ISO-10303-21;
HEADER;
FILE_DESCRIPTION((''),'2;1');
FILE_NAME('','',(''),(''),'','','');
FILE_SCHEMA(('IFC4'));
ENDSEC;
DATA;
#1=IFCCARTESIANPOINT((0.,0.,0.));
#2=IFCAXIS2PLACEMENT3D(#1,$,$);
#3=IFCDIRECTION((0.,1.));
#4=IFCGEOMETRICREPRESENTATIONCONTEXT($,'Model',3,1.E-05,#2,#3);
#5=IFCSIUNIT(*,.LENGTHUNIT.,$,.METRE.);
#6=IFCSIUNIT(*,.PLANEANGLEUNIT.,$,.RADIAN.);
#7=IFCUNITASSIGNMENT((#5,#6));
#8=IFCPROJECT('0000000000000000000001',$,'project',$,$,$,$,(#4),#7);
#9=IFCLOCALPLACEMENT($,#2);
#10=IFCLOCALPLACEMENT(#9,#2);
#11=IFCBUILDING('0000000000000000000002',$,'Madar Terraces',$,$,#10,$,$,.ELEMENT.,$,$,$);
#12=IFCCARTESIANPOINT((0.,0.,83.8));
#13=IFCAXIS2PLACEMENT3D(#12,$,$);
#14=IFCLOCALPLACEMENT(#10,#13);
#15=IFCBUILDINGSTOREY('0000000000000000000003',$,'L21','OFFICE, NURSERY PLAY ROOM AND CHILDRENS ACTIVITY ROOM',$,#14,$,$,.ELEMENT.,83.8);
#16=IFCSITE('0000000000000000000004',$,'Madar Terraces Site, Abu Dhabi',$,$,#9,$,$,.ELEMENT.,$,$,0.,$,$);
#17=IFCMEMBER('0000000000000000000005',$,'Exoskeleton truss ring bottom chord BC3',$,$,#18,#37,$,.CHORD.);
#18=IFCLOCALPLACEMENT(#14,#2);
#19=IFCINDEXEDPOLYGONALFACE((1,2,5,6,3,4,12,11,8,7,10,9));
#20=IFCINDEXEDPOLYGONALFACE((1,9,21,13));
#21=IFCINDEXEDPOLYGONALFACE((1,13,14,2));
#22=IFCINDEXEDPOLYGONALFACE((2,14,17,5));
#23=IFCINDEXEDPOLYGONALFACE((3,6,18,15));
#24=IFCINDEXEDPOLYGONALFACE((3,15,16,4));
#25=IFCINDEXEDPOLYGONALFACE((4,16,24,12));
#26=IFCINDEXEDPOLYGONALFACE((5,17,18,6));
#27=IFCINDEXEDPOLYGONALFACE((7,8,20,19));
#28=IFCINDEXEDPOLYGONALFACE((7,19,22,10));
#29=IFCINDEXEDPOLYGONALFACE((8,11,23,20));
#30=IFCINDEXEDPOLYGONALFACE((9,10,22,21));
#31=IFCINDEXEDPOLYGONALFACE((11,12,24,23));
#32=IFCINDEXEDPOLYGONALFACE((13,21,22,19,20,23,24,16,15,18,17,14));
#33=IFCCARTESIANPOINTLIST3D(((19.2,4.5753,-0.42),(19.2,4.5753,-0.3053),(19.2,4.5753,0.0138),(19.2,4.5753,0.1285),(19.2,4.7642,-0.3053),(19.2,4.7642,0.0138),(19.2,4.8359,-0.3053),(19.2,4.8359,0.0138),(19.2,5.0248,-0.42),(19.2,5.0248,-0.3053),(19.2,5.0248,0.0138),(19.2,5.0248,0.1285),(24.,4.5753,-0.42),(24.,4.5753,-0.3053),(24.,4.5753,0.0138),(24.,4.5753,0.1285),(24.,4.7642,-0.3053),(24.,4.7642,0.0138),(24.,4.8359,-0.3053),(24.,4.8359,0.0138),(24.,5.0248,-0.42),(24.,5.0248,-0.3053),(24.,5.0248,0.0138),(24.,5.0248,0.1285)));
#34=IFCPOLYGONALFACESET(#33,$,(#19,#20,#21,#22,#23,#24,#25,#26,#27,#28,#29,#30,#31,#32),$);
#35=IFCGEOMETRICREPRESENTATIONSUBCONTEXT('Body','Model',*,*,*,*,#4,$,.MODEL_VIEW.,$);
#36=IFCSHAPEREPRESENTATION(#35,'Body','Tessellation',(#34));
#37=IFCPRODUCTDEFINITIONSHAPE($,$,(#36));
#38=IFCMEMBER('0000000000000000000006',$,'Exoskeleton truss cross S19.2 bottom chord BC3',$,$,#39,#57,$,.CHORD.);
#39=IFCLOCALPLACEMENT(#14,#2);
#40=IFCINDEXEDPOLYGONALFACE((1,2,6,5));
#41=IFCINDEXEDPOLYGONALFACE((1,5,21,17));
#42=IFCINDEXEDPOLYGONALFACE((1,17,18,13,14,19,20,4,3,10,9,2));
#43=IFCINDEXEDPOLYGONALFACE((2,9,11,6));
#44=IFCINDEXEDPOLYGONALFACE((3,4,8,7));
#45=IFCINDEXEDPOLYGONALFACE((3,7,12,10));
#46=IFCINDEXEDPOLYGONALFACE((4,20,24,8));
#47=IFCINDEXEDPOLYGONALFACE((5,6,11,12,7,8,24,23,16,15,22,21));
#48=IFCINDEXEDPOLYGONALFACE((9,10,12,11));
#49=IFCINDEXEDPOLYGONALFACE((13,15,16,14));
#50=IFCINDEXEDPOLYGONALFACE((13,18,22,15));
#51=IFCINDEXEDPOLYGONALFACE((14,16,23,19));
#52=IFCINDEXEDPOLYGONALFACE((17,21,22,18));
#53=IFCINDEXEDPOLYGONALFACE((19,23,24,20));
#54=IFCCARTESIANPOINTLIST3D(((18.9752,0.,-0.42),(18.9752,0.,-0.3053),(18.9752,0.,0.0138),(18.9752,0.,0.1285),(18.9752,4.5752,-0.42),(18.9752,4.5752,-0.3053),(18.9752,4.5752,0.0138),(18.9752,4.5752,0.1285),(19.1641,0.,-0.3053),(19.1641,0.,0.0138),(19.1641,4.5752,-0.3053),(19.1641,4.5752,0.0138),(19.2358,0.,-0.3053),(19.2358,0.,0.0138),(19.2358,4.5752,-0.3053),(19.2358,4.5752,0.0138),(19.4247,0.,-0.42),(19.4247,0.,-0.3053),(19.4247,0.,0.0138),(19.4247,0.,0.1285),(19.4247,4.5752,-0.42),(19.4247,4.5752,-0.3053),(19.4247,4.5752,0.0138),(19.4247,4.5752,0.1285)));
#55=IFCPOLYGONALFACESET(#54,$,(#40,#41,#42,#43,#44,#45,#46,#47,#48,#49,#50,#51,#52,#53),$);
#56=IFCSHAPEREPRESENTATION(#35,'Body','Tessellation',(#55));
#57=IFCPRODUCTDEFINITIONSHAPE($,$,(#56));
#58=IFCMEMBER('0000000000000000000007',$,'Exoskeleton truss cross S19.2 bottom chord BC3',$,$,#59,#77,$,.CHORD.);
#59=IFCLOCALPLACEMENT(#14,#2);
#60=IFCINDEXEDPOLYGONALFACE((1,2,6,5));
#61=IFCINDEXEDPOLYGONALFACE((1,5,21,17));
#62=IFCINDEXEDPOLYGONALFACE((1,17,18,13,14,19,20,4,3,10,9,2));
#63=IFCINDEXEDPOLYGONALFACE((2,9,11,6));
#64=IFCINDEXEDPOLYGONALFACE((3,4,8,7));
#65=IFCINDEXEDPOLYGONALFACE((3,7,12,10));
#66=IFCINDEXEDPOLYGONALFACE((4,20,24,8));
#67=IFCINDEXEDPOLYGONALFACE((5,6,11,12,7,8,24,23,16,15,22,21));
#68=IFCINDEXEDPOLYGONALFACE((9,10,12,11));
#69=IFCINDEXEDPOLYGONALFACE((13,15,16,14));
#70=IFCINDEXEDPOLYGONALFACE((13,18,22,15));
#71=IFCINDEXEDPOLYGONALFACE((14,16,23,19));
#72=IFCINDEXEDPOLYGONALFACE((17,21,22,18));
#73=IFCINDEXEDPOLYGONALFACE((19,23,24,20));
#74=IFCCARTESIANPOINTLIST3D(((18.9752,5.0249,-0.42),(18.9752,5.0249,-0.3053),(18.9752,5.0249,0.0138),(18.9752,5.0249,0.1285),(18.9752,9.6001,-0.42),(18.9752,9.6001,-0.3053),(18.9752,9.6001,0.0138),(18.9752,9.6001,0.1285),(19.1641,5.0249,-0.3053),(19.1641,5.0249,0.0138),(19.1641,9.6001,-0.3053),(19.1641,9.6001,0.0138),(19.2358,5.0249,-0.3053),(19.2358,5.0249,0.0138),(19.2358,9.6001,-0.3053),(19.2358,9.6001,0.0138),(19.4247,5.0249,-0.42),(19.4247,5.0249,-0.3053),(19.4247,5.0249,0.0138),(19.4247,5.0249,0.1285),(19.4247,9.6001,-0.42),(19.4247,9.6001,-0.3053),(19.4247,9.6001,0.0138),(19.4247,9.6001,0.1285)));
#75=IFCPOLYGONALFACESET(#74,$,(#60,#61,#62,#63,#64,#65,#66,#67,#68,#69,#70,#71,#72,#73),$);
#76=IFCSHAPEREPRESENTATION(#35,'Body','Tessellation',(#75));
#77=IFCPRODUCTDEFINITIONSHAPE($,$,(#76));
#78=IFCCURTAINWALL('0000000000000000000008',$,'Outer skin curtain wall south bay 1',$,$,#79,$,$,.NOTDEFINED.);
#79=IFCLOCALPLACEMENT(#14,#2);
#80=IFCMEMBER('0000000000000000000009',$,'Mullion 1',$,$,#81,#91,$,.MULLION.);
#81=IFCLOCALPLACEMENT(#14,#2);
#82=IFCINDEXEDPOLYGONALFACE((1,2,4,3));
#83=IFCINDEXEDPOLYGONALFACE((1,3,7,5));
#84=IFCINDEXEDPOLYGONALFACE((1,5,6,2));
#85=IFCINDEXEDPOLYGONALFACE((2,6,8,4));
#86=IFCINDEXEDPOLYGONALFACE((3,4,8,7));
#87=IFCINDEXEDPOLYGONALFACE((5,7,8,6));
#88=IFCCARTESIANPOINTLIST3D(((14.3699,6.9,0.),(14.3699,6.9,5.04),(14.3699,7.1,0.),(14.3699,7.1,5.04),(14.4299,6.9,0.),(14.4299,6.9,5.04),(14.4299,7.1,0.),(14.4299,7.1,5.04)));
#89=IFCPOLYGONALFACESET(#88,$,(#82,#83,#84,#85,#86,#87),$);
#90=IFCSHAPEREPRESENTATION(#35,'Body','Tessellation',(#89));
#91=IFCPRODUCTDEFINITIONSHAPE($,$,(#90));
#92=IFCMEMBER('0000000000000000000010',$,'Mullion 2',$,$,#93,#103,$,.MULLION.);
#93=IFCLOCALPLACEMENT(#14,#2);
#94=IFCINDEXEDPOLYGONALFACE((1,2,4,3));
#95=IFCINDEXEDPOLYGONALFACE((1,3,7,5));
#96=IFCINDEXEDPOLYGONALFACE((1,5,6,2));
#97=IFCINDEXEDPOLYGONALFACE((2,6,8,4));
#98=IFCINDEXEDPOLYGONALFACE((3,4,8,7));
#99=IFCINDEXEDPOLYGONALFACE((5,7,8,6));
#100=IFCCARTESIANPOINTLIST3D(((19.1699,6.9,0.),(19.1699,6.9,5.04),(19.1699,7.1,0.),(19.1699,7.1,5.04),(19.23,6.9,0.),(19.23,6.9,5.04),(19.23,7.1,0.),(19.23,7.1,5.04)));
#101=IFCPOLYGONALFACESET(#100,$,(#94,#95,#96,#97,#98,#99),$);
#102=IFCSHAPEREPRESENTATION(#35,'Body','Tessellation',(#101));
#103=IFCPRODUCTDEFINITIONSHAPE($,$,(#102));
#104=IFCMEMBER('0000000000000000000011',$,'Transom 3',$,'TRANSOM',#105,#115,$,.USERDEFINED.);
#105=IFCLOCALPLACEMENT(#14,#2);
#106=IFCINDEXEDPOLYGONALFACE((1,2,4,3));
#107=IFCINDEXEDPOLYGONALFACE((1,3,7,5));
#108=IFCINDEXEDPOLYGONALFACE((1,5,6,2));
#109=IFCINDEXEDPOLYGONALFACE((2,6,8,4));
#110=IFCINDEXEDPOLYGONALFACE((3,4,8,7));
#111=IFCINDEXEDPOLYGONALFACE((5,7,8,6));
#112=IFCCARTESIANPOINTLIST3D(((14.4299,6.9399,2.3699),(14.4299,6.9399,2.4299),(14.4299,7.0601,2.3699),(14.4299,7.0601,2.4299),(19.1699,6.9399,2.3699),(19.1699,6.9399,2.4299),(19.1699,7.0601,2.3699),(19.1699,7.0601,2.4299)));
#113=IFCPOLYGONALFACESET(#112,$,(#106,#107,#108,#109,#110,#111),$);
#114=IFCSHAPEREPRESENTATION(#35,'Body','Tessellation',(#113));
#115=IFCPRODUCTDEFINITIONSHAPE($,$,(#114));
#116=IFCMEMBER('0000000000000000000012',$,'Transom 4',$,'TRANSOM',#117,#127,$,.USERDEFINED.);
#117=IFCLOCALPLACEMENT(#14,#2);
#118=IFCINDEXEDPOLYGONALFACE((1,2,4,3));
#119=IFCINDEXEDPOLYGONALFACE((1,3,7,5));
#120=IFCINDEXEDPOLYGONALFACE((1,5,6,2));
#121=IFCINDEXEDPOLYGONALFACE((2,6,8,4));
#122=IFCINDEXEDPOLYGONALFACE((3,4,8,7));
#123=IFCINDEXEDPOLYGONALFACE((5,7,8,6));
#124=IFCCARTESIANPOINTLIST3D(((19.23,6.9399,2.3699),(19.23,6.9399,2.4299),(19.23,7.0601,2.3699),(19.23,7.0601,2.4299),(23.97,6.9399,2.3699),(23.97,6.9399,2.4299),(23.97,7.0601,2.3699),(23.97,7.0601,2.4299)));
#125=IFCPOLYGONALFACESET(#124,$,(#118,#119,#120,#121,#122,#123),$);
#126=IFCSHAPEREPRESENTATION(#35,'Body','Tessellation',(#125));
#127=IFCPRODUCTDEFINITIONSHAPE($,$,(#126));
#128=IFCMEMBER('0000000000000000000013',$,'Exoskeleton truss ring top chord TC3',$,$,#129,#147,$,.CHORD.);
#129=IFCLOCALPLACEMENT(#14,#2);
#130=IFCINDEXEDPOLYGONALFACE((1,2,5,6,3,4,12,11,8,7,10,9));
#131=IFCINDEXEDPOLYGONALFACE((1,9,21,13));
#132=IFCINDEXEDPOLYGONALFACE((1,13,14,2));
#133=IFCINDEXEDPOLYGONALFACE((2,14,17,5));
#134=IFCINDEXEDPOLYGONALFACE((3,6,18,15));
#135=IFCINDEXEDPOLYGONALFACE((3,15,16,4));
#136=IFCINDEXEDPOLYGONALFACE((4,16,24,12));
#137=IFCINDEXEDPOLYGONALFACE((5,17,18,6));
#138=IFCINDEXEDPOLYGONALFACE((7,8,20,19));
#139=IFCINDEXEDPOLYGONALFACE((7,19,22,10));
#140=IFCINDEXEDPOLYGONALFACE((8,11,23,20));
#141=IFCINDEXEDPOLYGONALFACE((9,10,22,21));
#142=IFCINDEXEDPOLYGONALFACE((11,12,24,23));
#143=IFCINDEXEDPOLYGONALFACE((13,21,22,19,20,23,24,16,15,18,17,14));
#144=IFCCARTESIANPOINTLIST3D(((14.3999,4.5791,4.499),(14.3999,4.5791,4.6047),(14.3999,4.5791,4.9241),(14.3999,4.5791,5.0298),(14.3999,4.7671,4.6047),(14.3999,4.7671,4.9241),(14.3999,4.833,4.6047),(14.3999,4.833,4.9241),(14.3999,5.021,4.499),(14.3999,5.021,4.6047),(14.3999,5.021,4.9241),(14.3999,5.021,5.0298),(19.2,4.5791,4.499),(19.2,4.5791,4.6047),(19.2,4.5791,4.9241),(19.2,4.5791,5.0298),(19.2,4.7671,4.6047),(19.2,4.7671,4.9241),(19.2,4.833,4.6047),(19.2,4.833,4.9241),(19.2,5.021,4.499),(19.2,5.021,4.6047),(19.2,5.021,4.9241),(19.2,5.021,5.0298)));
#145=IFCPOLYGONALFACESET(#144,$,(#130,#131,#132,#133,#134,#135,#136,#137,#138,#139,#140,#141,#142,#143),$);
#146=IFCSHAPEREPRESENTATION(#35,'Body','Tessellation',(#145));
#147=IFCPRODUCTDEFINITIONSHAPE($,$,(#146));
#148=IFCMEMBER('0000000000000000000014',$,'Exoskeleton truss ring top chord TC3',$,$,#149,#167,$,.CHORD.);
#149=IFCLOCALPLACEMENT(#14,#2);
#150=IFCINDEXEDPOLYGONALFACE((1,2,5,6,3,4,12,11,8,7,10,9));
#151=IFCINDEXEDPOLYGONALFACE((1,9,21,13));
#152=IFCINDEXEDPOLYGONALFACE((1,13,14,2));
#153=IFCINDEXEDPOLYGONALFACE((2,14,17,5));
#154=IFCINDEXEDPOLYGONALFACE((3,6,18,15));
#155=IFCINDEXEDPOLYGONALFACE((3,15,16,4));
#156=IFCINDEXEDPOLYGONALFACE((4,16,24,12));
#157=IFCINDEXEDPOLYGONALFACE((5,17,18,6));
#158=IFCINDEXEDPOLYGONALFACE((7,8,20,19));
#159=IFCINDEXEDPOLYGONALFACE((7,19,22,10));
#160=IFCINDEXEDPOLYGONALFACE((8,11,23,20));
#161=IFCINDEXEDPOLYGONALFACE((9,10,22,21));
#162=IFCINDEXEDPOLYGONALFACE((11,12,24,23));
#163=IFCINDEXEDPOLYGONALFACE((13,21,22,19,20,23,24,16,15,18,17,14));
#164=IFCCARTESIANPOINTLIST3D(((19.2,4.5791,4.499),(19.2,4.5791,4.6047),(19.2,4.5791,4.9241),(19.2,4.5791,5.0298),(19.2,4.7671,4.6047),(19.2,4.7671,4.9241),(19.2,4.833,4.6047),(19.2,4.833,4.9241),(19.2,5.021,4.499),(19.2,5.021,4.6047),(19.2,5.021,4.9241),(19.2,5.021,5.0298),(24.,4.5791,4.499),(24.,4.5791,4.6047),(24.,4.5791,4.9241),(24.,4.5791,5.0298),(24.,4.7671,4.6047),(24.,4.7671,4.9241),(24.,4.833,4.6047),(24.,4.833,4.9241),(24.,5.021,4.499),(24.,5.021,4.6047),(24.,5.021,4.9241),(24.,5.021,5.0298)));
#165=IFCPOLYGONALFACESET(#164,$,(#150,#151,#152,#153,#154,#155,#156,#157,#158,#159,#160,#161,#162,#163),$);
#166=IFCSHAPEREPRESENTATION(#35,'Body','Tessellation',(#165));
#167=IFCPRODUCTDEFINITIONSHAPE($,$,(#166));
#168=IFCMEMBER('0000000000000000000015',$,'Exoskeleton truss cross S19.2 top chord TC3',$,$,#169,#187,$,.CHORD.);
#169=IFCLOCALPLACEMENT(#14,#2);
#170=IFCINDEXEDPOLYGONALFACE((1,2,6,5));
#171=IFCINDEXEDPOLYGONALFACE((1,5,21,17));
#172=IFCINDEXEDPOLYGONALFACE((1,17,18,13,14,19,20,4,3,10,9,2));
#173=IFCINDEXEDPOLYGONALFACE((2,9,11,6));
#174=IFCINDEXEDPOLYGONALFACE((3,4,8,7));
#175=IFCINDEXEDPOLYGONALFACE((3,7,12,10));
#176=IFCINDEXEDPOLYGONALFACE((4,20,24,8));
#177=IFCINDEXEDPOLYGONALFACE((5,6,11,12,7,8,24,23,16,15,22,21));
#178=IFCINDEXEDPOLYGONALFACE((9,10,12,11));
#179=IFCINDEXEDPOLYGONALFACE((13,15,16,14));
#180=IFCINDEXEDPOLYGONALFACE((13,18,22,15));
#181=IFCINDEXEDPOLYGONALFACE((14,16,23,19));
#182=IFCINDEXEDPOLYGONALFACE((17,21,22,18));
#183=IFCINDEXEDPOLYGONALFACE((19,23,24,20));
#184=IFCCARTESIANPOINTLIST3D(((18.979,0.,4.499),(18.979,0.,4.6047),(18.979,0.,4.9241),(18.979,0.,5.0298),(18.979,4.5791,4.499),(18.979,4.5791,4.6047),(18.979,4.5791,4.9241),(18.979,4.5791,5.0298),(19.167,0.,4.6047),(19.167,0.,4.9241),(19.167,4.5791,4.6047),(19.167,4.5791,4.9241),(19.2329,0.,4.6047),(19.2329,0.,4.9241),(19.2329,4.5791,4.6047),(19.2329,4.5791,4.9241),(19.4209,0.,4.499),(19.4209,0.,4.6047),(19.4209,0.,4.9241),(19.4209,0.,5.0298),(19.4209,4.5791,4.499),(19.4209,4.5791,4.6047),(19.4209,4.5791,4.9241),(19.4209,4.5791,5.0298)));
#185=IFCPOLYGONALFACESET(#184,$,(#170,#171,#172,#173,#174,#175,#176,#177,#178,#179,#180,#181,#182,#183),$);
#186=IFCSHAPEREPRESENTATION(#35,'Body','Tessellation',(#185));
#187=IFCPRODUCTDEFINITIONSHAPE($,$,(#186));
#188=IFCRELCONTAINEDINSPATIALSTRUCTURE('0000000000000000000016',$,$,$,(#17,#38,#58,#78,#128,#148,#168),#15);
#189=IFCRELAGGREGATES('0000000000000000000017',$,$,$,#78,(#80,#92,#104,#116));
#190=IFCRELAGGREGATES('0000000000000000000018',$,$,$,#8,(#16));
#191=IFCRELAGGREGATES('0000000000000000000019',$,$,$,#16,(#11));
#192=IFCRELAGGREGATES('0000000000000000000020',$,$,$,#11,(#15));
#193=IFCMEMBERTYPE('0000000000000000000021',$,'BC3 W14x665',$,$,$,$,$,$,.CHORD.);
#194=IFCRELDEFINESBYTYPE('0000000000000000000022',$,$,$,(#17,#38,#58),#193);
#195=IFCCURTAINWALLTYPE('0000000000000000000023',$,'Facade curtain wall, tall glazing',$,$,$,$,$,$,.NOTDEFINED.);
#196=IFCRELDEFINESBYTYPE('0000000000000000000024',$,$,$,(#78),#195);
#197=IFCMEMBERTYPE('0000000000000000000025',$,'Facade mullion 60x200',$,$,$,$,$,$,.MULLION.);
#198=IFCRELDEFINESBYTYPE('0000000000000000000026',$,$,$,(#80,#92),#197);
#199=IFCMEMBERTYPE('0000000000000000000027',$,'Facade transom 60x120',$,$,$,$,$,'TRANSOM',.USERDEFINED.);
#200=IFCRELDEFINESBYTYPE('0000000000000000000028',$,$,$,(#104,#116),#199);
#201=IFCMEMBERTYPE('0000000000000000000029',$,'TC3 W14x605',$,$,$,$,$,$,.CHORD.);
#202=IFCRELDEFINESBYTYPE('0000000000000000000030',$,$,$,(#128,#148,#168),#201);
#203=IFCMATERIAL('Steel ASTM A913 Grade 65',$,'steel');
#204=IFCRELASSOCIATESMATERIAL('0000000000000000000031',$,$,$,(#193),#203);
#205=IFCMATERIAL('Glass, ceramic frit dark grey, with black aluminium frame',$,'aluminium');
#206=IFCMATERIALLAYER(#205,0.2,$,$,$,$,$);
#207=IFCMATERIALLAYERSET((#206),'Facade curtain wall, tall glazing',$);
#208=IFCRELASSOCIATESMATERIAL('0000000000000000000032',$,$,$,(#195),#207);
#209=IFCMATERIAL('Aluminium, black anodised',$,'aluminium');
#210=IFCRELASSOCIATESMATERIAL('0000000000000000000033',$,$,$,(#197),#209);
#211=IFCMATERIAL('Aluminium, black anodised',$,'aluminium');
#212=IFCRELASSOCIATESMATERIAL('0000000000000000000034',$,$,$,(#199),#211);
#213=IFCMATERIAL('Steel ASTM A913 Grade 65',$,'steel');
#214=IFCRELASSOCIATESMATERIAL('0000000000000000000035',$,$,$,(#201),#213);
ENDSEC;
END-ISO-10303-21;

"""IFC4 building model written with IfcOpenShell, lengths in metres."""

from ifc_helpers import new_model, si_unit, direction, frame, origin, origin_2d, place, context, subcontext, project, spatial, rectangle, i_section, extrude, material, layer, layer_set, material_profile, profile_set, type_object, element, aggregate, save


model = new_model("IFC4")

# Units and contexts
model_context = context("Model", 3, precision=1e-05, world=origin(), true_north=direction((0.0, 1.0)))
body_context = subcontext(model_context, "Body", "Model", "MODEL_VIEW")
ifc_project = project(units=[si_unit("LENGTHUNIT", "METRE"), si_unit("PLANEANGLEUNIT", "RADIAN")], contexts=[model_context])

# Site, building, storey
site_placement = place(None, origin())
site = spatial("IfcSite", under=ifc_project, at=site_placement, Name="Madar Terraces Site, Abu Dhabi", CompositionType="ELEMENT", RefElevation=0.0)
building_placement = place(site_placement, origin())
building = spatial("IfcBuilding", under=site, at=building_placement, Name="Madar Terraces", CompositionType="ELEMENT")
storey_placement = place(building_placement, frame((0.0, 0.0, 83.8)))
storey = spatial("IfcBuildingStorey", under=building, at=storey_placement, Name="L21", Description="OFFICE, NURSERY PLAY ROOM AND CHILDRENS ACTIVITY ROOM", CompositionType="ELEMENT", Elevation=83.8)

# Members
ifc_material_1 = material(Name="Steel ASTM A913 Grade 65", Category="steel")
ifc_material_profile_1 = material_profile(ifc_material_1, i_section(OverallWidth=0.4495, OverallDepth=0.5486, WebThickness=0.0718, FlangeThickness=0.1147, at=origin_2d()), Name="W14x665")
ifc_profile_set_1 = profile_set([ifc_material_profile_1], Name="Steel ASTM A913 Grade 65")
member_type_1 = type_object("IfcMemberType", Name="BC3 W14x665", PredefinedType="CHORD", material=ifc_profile_set_1)
member_1_placement = place(storey_placement, frame((19.2, 4.8, -0.1458), z_axis=(1.0, 0.0, 0.0), x_axis=(0.0, 1.0, 0.0)))
element("IfcMember", 1, at=member_1_placement, inside=storey, type_object=member_type_1, Name="Exoskeleton truss ring bottom chord BC3", PredefinedType="CHORD", context=body_context, shape_type="SweptSolid", body=[
    extrude(i_section(OverallWidth=0.4495, OverallDepth=0.5486, WebThickness=0.0718, FlangeThickness=0.1147, at=origin_2d()), origin(), (0.0, 0.0, 1.0), 4.8),
])
for number, where, z_axis, x_axis, name in (
    (2, (19.2, 0.0, -0.1458), (0.0, 1.0, 0.0), (-1.0, 0.0, 0.0), "Exoskeleton truss cross S19.2 bottom chord BC3"),
    (3, (19.2, 5.0249, -0.1458), (0.0, 1.0, 0.0), (-1.0, 0.0, 0.0), "Exoskeleton truss cross S19.2 bottom chord BC3"),
):
    element("IfcMember", number, at=place(storey_placement, frame(where, z_axis=z_axis, x_axis=x_axis)), inside=storey, type_object=member_type_1, Name=name, PredefinedType="CHORD", context=body_context, shape_type="SweptSolid", body=[
        extrude(i_section(OverallWidth=0.4495, OverallDepth=0.5486, WebThickness=0.0718, FlangeThickness=0.1147, at=origin_2d()), origin(), (0.0, 0.0, 1.0), 4.5752),
    ])

# Curtain wall, members
ifc_material_2 = material(Name="Glass, ceramic frit dark grey, with black aluminium frame", Category="aluminium")
ifc_layer_1 = layer(ifc_material_2, 0.2)
ifc_layer_set_1 = layer_set([ifc_layer_1], Name="Facade curtain wall, tall glazing")
curtain_wall_type = type_object("IfcCurtainWallType", Name="Facade curtain wall, tall glazing", PredefinedType="NOTDEFINED", material=ifc_layer_set_1)
curtain_wall_placement = place(storey_placement, origin())
curtain_wall = element("IfcCurtainWall", 4, at=curtain_wall_placement, inside=storey, type_object=curtain_wall_type, Name="Outer skin curtain wall south bay 1", PredefinedType="NOTDEFINED")
ifc_material_3 = material(Name="Aluminium, black anodised", Category="aluminium")
ifc_material_profile_2 = material_profile(ifc_material_3, rectangle(XDim=0.2, YDim=0.0601, at=origin_2d()), Name="Facade mullion 60x200")
ifc_profile_set_2 = profile_set([ifc_material_profile_2], Name="Aluminium, black anodised")
member_type_2 = type_object("IfcMemberType", Name="Facade mullion 60x200", PredefinedType="MULLION", material=ifc_profile_set_2)
member_2_placement = place(storey_placement, frame((14.3999, 7.0, 0.0), z_axis=(0.0, 0.0, 1.0), x_axis=(0.0, 1.0, 0.0)))
member_2 = element("IfcMember", 5, at=member_2_placement, type_object=member_type_2, Name="Mullion 1", PredefinedType="MULLION", context=body_context, shape_type="SweptSolid", body=[
    extrude(rectangle(XDim=0.2, YDim=0.0601, at=origin_2d()), origin(), (0.0, 0.0, 1.0), 5.04),
])
member_3_placement = place(storey_placement, frame((19.2, 7.0, 0.0), z_axis=(0.0, 0.0, 1.0), x_axis=(0.0, 1.0, 0.0)))
member_3 = element("IfcMember", 6, at=member_3_placement, type_object=member_type_2, Name="Mullion 2", PredefinedType="MULLION", context=body_context, shape_type="SweptSolid", body=[
    extrude(rectangle(XDim=0.2, YDim=0.0601, at=origin_2d()), origin(), (0.0, 0.0, 1.0), 5.04),
])
ifc_material_4 = material(Name="Aluminium, black anodised", Category="aluminium")
ifc_material_profile_3 = material_profile(ifc_material_4, rectangle(XDim=0.1201, YDim=0.0601, at=origin_2d()), Name="Facade transom 60x120")
ifc_profile_set_3 = profile_set([ifc_material_profile_3], Name="Aluminium, black anodised")
member_type_3 = type_object("IfcMemberType", Name="Facade transom 60x120", ElementType="TRANSOM", PredefinedType="USERDEFINED", material=ifc_profile_set_3)
member_4_placement = place(storey_placement, frame((14.4299, 7.0, 2.3999), z_axis=(1.0, 0.0, 0.0), x_axis=(0.0, 1.0, 0.0)))
member_4 = element("IfcMember", 7, at=member_4_placement, type_object=member_type_3, Name="Transom 3", ObjectType="TRANSOM", PredefinedType="USERDEFINED", context=body_context, shape_type="SweptSolid", body=[
    extrude(rectangle(XDim=0.1201, YDim=0.0601, at=origin_2d()), origin(), (0.0, 0.0, 1.0), 4.74),
])
member_5_placement = place(storey_placement, frame((19.23, 7.0, 2.3999), z_axis=(1.0, 0.0, 0.0), x_axis=(0.0, 1.0, 0.0)))
member_5 = element("IfcMember", 8, at=member_5_placement, type_object=member_type_3, Name="Transom 4", ObjectType="TRANSOM", PredefinedType="USERDEFINED", context=body_context, shape_type="SweptSolid", body=[
    extrude(rectangle(XDim=0.1201, YDim=0.0601, at=origin_2d()), origin(), (0.0, 0.0, 1.0), 4.74),
])

# Members
ifc_material_5 = material(Name="Steel ASTM A913 Grade 65", Category="steel")
ifc_material_profile_4 = material_profile(ifc_material_5, i_section(OverallWidth=0.4419, OverallDepth=0.5308, WebThickness=0.0659, FlangeThickness=0.1057, at=origin_2d()), Name="W14x605")
ifc_profile_set_4 = profile_set([ifc_material_profile_4], Name="Steel ASTM A913 Grade 65")
member_type_4 = type_object("IfcMemberType", Name="TC3 W14x605", PredefinedType="CHORD", material=ifc_profile_set_4)
for number, where, z_axis, x_axis, name in (
    (9, (14.3999, 4.8, 4.7644), (1.0, 0.0, 0.0), (0.0, 1.0, 0.0), "Exoskeleton truss ring top chord TC3"),
    (10, (19.2, 4.8, 4.7644), (1.0, 0.0, 0.0), (0.0, 1.0, 0.0), "Exoskeleton truss ring top chord TC3"),
):
    element("IfcMember", number, at=place(storey_placement, frame(where, z_axis=z_axis, x_axis=x_axis)), inside=storey, type_object=member_type_4, Name=name, PredefinedType="CHORD", context=body_context, shape_type="SweptSolid", body=[
        extrude(i_section(OverallWidth=0.4419, OverallDepth=0.5308, WebThickness=0.0659, FlangeThickness=0.1057, at=origin_2d()), origin(), (0.0, 0.0, 1.0), 4.8),
    ])
for number, where, z_axis, x_axis, name in (
    (11, (19.2, 0.0, 4.7644), (0.0, 1.0, 0.0), (-1.0, 0.0, 0.0), "Exoskeleton truss cross S19.2 top chord TC3"),
):
    element("IfcMember", number, at=place(storey_placement, frame(where, z_axis=z_axis, x_axis=x_axis)), inside=storey, type_object=member_type_4, Name=name, PredefinedType="CHORD", context=body_context, shape_type="SweptSolid", body=[
        extrude(i_section(OverallWidth=0.4419, OverallDepth=0.5308, WebThickness=0.0659, FlangeThickness=0.1057, at=origin_2d()), origin(), (0.0, 0.0, 1.0), 4.5791),
    ])

aggregate(curtain_wall, [member_2, member_3, member_4, member_5])

save(model, "model.ifc")
